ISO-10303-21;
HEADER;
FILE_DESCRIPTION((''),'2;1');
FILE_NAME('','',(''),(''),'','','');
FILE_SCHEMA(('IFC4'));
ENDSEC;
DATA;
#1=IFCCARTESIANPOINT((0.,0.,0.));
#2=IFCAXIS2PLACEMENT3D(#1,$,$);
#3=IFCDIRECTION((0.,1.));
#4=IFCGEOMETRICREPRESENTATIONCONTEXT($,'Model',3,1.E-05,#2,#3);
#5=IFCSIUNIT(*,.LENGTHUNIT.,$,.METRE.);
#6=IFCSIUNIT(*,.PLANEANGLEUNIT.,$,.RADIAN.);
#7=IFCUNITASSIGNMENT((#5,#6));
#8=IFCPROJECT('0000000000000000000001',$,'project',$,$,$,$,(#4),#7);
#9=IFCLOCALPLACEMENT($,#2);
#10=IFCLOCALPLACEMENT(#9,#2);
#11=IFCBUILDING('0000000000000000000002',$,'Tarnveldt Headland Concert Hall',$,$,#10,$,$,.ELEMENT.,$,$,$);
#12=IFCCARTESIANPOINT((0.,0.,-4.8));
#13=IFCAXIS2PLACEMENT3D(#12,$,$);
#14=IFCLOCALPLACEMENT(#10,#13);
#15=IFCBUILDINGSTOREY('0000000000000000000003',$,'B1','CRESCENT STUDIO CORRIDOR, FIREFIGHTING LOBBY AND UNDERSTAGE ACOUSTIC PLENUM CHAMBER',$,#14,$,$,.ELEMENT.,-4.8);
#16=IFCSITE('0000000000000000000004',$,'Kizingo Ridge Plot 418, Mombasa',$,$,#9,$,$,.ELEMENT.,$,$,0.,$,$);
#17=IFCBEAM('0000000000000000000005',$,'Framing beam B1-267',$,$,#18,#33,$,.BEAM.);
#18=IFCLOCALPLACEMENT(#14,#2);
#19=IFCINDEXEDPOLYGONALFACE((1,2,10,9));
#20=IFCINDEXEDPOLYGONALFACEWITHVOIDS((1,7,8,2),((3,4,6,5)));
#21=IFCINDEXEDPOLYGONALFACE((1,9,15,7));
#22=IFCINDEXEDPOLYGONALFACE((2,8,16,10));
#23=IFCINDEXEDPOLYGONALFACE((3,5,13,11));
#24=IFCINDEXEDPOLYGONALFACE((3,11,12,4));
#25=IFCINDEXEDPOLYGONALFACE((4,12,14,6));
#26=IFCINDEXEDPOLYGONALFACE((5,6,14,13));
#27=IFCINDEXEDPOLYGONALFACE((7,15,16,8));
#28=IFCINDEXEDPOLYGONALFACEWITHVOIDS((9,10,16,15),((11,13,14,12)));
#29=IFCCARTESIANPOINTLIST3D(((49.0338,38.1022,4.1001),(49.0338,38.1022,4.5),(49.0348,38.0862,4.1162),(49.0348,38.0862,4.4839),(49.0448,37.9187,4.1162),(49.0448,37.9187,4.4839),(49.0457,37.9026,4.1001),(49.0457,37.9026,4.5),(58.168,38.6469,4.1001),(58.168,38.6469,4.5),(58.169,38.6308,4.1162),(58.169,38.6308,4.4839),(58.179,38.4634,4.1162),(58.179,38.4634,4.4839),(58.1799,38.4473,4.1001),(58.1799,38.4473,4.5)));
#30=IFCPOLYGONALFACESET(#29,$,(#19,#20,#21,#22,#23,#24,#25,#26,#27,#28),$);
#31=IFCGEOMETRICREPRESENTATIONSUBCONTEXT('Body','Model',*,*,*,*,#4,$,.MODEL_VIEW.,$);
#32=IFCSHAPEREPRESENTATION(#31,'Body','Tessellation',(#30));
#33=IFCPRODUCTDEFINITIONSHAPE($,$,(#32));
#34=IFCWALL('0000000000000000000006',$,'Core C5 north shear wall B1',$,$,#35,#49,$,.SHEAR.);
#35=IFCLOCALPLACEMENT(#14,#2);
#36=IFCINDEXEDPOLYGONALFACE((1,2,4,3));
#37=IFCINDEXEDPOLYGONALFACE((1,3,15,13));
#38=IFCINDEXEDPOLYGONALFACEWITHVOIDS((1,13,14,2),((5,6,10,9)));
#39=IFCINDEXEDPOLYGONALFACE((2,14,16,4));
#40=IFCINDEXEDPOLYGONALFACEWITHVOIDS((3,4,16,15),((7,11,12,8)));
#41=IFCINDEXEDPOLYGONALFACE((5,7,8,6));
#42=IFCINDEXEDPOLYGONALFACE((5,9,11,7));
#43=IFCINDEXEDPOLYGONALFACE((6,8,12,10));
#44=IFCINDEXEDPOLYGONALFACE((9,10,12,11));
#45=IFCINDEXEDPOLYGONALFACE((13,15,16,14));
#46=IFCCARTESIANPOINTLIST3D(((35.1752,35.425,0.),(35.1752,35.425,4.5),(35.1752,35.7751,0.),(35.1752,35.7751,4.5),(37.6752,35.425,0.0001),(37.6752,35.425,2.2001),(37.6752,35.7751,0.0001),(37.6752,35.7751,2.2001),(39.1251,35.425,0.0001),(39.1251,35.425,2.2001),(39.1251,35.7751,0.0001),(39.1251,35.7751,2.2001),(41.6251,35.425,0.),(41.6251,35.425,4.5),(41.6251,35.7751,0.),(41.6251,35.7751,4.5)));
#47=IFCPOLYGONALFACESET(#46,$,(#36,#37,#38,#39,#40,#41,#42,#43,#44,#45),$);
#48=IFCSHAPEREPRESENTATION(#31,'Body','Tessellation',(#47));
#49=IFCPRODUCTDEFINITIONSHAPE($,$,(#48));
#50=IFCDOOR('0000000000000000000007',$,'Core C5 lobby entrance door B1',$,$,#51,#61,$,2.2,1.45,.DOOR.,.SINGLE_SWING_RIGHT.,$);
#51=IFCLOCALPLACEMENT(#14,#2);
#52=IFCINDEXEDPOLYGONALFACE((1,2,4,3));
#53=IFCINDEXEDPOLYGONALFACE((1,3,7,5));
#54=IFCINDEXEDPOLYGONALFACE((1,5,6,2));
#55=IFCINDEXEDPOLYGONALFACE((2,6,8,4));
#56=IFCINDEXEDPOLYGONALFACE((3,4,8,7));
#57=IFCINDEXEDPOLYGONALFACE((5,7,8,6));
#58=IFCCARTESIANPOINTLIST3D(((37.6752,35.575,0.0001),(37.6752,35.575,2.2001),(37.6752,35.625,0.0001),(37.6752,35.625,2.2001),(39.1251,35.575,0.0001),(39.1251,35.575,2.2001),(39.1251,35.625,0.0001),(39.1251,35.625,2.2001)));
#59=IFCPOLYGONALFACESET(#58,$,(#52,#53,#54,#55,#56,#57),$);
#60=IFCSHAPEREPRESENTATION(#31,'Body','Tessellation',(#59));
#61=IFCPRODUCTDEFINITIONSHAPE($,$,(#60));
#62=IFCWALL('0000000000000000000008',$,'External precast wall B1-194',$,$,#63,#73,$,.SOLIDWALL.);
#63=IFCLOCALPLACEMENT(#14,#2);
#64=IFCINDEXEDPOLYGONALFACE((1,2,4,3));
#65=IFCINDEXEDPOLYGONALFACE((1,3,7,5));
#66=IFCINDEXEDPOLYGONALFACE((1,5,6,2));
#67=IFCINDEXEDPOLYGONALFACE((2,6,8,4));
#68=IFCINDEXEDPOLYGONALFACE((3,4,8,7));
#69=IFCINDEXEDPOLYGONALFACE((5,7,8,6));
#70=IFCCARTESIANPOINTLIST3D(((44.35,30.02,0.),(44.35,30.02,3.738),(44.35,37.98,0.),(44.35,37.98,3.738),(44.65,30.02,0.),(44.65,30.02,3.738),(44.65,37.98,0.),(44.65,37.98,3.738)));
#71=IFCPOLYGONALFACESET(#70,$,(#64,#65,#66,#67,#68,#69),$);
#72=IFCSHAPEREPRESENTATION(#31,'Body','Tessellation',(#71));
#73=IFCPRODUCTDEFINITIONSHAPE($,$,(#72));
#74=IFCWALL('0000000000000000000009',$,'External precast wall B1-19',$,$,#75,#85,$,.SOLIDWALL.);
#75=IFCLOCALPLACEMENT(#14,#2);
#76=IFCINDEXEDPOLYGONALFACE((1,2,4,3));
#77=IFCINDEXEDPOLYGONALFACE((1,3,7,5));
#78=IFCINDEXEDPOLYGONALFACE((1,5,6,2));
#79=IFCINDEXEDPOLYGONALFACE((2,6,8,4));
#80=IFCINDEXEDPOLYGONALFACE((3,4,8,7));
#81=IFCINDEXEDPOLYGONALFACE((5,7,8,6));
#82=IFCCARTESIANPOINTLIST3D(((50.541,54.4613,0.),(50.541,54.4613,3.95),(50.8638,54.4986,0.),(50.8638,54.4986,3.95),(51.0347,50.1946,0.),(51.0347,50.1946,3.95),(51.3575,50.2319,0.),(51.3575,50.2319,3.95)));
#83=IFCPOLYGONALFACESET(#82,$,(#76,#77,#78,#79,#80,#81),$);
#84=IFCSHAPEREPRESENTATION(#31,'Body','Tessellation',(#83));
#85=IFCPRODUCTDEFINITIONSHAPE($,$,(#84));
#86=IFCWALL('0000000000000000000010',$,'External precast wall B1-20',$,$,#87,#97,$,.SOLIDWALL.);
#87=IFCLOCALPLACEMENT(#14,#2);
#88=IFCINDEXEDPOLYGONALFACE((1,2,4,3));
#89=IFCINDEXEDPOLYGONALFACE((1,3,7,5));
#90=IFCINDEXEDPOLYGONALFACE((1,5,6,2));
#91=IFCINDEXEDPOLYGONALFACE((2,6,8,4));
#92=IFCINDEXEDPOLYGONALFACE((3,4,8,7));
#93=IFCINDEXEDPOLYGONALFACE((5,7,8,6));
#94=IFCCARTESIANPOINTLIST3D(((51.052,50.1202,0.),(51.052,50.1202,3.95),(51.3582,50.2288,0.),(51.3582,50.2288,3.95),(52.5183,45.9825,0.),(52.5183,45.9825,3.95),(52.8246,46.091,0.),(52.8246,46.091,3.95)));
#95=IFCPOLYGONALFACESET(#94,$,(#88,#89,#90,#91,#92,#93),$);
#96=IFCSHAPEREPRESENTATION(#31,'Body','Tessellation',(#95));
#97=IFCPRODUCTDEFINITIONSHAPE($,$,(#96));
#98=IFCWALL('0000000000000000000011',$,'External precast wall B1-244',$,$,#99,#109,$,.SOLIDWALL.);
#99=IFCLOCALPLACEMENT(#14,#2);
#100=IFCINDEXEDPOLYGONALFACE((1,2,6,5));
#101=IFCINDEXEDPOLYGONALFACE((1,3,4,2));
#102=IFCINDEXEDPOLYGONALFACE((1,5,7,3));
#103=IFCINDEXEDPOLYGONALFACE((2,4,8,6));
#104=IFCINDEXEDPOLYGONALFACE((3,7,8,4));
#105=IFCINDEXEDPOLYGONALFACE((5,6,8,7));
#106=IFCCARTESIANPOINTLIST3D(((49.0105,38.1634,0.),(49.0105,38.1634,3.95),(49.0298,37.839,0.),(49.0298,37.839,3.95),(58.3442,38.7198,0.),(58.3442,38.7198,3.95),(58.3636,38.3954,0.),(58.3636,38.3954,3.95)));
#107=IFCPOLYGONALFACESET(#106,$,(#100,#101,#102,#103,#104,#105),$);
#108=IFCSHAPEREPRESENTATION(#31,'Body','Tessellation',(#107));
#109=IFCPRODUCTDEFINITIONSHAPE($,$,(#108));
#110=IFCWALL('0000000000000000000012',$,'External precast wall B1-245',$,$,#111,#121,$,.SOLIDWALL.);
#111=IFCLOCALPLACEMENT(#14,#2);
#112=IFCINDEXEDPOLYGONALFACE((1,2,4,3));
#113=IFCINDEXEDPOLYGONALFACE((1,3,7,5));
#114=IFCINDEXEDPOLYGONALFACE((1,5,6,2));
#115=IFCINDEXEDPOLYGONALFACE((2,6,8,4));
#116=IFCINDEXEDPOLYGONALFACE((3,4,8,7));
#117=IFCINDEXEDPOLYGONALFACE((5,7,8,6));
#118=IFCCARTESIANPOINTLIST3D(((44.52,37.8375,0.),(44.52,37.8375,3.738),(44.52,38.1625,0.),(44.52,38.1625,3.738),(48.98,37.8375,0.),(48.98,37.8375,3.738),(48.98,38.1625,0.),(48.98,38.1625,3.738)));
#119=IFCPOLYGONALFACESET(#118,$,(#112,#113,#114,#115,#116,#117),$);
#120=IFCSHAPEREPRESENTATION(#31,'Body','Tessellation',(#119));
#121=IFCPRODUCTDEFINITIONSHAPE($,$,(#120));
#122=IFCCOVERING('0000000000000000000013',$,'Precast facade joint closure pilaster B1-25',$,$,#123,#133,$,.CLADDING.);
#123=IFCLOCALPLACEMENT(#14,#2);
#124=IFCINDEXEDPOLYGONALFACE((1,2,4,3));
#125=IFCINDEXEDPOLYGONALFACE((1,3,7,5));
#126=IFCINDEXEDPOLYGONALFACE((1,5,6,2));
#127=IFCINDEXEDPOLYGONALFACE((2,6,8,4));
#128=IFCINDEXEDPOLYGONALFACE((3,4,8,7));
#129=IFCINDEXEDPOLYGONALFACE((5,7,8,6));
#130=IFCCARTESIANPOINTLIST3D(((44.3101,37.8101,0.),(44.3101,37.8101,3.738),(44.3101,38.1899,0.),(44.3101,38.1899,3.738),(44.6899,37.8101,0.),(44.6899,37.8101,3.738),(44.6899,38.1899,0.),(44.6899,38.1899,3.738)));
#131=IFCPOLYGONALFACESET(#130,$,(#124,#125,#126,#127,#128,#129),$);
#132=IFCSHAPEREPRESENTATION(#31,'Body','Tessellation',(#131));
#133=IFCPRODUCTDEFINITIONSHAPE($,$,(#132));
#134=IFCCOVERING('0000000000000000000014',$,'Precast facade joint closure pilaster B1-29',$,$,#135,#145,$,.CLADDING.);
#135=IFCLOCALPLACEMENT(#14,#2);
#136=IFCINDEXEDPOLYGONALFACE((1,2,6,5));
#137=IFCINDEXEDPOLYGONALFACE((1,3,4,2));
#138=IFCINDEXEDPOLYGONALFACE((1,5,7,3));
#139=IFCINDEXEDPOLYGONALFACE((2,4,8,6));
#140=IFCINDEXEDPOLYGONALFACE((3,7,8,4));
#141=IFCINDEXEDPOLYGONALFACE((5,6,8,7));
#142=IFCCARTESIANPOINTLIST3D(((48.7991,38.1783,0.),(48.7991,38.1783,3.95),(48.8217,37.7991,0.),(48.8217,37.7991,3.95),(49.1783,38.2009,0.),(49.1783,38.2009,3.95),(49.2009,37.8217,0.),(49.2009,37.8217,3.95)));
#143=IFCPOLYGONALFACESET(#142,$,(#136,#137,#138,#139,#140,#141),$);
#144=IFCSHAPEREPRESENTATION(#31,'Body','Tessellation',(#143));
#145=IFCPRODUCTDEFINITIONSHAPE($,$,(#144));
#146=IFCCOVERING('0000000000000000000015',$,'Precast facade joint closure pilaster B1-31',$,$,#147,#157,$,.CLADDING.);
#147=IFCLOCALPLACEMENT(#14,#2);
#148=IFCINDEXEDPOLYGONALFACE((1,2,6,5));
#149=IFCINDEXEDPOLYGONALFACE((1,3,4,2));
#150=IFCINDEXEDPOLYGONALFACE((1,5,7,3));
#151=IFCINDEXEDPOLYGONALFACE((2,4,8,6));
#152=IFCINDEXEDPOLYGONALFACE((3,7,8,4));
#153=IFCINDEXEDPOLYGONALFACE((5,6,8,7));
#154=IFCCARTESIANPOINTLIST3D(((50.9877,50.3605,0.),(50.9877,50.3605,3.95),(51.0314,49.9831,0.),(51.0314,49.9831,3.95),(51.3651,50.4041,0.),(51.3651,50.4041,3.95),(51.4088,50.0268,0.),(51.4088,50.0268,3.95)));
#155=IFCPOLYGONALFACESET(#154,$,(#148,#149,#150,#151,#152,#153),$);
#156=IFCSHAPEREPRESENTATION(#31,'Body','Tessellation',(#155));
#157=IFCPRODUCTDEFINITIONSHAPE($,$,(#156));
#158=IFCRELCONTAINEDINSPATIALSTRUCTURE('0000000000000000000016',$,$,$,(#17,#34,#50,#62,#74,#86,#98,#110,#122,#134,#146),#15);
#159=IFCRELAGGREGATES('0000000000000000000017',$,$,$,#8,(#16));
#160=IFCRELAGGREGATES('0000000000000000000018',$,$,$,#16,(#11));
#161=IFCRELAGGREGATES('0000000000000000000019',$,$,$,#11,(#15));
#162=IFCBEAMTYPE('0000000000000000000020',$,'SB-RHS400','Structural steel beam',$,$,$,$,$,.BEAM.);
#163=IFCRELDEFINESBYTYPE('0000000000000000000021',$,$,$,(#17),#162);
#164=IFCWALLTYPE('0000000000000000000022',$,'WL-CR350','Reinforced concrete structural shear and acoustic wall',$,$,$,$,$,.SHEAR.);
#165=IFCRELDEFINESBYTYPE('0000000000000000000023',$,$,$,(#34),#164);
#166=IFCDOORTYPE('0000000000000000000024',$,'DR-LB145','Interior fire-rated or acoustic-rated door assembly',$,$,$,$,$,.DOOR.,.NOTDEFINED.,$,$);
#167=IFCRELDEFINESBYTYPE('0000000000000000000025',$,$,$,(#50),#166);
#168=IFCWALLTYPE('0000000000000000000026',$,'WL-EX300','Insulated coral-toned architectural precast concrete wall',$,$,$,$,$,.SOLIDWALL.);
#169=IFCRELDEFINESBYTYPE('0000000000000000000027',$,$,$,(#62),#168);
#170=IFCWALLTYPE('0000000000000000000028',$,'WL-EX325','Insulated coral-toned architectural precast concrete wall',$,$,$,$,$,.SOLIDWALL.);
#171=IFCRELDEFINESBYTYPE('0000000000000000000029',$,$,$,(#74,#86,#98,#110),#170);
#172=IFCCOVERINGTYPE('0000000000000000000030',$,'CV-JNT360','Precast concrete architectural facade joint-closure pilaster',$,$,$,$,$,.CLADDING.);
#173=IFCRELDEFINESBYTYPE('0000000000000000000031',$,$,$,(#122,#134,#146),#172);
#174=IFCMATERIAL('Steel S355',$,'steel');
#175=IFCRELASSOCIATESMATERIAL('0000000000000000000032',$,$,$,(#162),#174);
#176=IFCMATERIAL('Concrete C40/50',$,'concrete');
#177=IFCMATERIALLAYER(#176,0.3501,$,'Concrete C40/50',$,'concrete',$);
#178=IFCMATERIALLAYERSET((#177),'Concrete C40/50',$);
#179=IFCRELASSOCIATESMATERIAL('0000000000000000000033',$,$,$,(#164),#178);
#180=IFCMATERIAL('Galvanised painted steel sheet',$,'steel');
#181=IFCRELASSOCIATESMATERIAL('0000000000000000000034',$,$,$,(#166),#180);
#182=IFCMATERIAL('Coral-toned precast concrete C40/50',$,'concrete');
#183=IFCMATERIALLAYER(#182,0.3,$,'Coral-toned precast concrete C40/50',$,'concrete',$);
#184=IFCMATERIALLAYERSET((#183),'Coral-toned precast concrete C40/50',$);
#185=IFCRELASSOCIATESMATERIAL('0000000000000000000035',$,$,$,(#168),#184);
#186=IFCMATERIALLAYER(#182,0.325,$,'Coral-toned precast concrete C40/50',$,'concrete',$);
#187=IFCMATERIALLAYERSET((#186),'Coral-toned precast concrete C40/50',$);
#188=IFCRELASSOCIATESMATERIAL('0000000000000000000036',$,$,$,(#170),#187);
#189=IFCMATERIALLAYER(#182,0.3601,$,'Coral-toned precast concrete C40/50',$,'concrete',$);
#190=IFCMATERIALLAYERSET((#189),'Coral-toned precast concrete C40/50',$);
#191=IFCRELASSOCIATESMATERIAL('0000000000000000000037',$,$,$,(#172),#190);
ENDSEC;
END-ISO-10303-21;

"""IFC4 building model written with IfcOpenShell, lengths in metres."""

from ifc_helpers import new_model, si_unit, direction, frame, frame_2d, origin, origin_2d, place, context, subcontext, project, spatial, rectangle, hollow_rectangle, extrude, material, layer, layer_set, material_profile, profile_set, type_object, element, fill, save


model = new_model("IFC4")

# Units and contexts
model_context = context("Model", 3, precision=1e-05, world=origin(), true_north=direction((0.0, 1.0)))
body_context = subcontext(model_context, "Body", "Model", "MODEL_VIEW")
ifc_project = project(units=[si_unit("LENGTHUNIT", "METRE"), si_unit("PLANEANGLEUNIT", "RADIAN")], contexts=[model_context])

# Site, building, storey
site_placement = place(None, origin())
site = spatial("IfcSite", under=ifc_project, at=site_placement, Name="Kizingo Ridge Plot 418, Mombasa", CompositionType="ELEMENT", RefElevation=0.0)
building_placement = place(site_placement, origin())
building = spatial("IfcBuilding", under=site, at=building_placement, Name="Tarnveldt Headland Concert Hall", CompositionType="ELEMENT")
storey_placement = place(building_placement, frame((0.0, 0.0, -4.8)))
storey = spatial("IfcBuildingStorey", under=building, at=storey_placement, Name="B1", Description="CRESCENT STUDIO CORRIDOR, FIREFIGHTING LOBBY AND UNDERSTAGE ACOUSTIC PLENUM CHAMBER", CompositionType="ELEMENT", Elevation=-4.8)

# Shared definitions
ifc_material_1 = material(Name="Concrete C40/50", Category="concrete")

# Beam
ifc_material_2 = material(Name="Steel S355", Category="steel")
ifc_material_profile_1 = material_profile(ifc_material_2, hollow_rectangle(XDim=0.2, YDim=0.3999, WallThickness=0.0161, at=origin_2d()), Name="RHS 400x200x16", Category="steel")
ifc_profile_set_1 = profile_set([ifc_material_profile_1], Name="Steel S355")
beam_type_1 = type_object("IfcBeamType", Name="SB-RHS400", Description="Structural steel beam", PredefinedType="BEAM", material=ifc_profile_set_1)
beam_1_placement = place(storey_placement, frame((49.0398, 38.0024, 4.3), z_axis=(0.998227, 0.059524, 0.0), x_axis=(-0.059524, 0.998227, 0.0)))
element("IfcBeam", 1, at=beam_1_placement, inside=storey, type_object=beam_type_1, Name="Framing beam B1-267", PredefinedType="BEAM", context=body_context, shape_type="SweptSolid", body=[
    extrude(hollow_rectangle(XDim=0.2, YDim=0.3999, WallThickness=0.0161, at=origin_2d()), origin(), (0.0, 0.0, 1.0), 9.1504),
])

# Wall, opening, door
ifc_layer_1 = layer(ifc_material_1, 0.3501, Name="Concrete C40/50", Category="concrete")
ifc_layer_set_1 = layer_set([ifc_layer_1], Name="Concrete C40/50")
wall_type_1 = type_object("IfcWallType", Name="WL-CR350", Description="Reinforced concrete structural shear and acoustic wall", PredefinedType="SHEAR", material=ifc_layer_set_1)
wall_1_placement = place(storey_placement, frame((35.175, 35.6001, 0.0), z_axis=(0.0, 0.0, 1.0), x_axis=(1.0, 0.0, 0.0)))
wall_1 = element("IfcWall", 2, at=wall_1_placement, inside=storey, type_object=wall_type_1, Name="Core C5 north shear wall B1", PredefinedType="SHEAR", context=body_context, shape_type="SweptSolid", body=[
    extrude(rectangle(XDim=6.45, YDim=0.3501, at=frame_2d((3.2251, 0.0))), origin(), (0.0, 0.0, 1.0), 4.5),
])
opening_1_placement = place(wall_1_placement, frame((2.5, 0.0, 0.0)))
opening_1 = element("IfcOpeningElement", 3, at=opening_1_placement, cuts=wall_1, PredefinedType="OPENING", context=body_context, shape_type="SweptSolid", body=[
    extrude(rectangle(XDim=1.45, YDim=2.2, at=frame_2d((0.7251, 1.1001))), frame((0.0, 0.1851, 0.0), z_axis=(0.0, -1.0, 0.0), x_axis=(1.0, 0.0, 0.0)), (0.0, 0.0, 1.0), 0.3701),
])
ifc_material_3 = material(Name="Galvanised painted steel sheet", Category="steel")
door_type_1 = type_object("IfcDoorType", Name="DR-LB145", Description="Interior fire-rated or acoustic-rated door assembly", OperationType="NOTDEFINED", PredefinedType="DOOR", material=ifc_material_3)
door_1_placement = place(opening_1_placement, origin())
door_1 = element("IfcDoor", 4, at=door_1_placement, inside=storey, type_object=door_type_1, Name="Core C5 lobby entrance door B1", OperationType="SINGLE_SWING_RIGHT", OverallHeight=2.2, OverallWidth=1.45, PredefinedType="DOOR", context=body_context, shape_type="SweptSolid", body=[
    extrude(rectangle(XDim=1.45, YDim=2.2, at=frame_2d((0.7251, 1.1001))), frame((0.0, 0.0249, 0.0), z_axis=(0.0, -1.0, 0.0), x_axis=(1.0, 0.0, 0.0)), (0.0, 0.0, 1.0), 0.05),
])
fill(opening_1, door_1)

# Walls
ifc_material_4 = material(Name="Coral-toned precast concrete C40/50", Category="concrete")
ifc_layer_2 = layer(ifc_material_4, 0.3, Name="Coral-toned precast concrete C40/50", Category="concrete")
ifc_layer_set_2 = layer_set([ifc_layer_2], Name="Coral-toned precast concrete C40/50")
wall_type_2 = type_object("IfcWallType", Name="WL-EX300", Description="Insulated coral-toned architectural precast concrete wall", PredefinedType="SOLIDWALL", material=ifc_layer_set_2)
wall_2_placement = place(storey_placement, frame((44.5, 37.98, 0.0), z_axis=(0.0, 0.0, 1.0), x_axis=(0.0, -1.0, 0.0)))
element("IfcWall", 5, at=wall_2_placement, inside=storey, type_object=wall_type_2, Name="External precast wall B1-194", PredefinedType="SOLIDWALL", context=body_context, shape_type="SweptSolid", body=[
    extrude(rectangle(XDim=7.96, YDim=0.3, at=frame_2d((3.98, 0.0))), origin(), (0.0, 0.0, 1.0), 3.738),
])
ifc_layer_3 = layer(ifc_material_4, 0.325, Name="Coral-toned precast concrete C40/50", Category="concrete")
ifc_layer_set_3 = layer_set([ifc_layer_3], Name="Coral-toned precast concrete C40/50")
wall_type_3 = type_object("IfcWallType", Name="WL-EX325", Description="Insulated coral-toned architectural precast concrete wall", PredefinedType="SOLIDWALL", material=ifc_layer_set_3)
wall_3_placement = place(storey_placement, frame((51.196, 50.2134, 0.0), z_axis=(0.0, 0.0, 1.0), x_axis=(-0.114935, 0.993373, 0.0)))
element("IfcWall", 6, at=wall_3_placement, inside=storey, type_object=wall_type_3, Name="External precast wall B1-19", PredefinedType="SOLIDWALL", context=body_context, shape_type="SweptSolid", body=[
    extrude(rectangle(XDim=4.2952, YDim=0.325, at=frame_2d((2.1475, 0.0))), origin(), (0.0, 0.0, 1.0), 3.95),
])
wall_4_placement = place(storey_placement, frame((52.6714, 46.0369, 0.0), z_axis=(0.0, 0.0, 1.0), x_axis=(-0.334024, 0.942564, 0.0)))
element("IfcWall", 7, at=wall_4_placement, inside=storey, type_object=wall_type_3, Name="External precast wall B1-20", PredefinedType="SOLIDWALL", context=body_context, shape_type="SweptSolid", body=[
    extrude(rectangle(XDim=4.3899, YDim=0.325, at=frame_2d((2.1948, 0.0))), origin(), (0.0, 0.0, 1.0), 3.95),
])
wall_5_placement = place(storey_placement, frame((49.02, 38.0012, 0.0), z_axis=(0.0, 0.0, 1.0), x_axis=(0.998228, 0.059506, 0.0)))
element("IfcWall", 8, at=wall_5_placement, inside=storey, type_object=wall_type_3, Name="External precast wall B1-244", PredefinedType="SOLIDWALL", context=body_context, shape_type="SweptSolid", body=[
    extrude(rectangle(XDim=9.3503, YDim=0.325, at=frame_2d((4.6753, 0.0))), origin(), (0.0, 0.0, 1.0), 3.95),
])
wall_6_placement = place(storey_placement, frame((44.52, 38.0, 0.0), z_axis=(0.0, 0.0, 1.0), x_axis=(1.0, 0.0, 0.0)))
element("IfcWall", 9, at=wall_6_placement, inside=storey, type_object=wall_type_3, Name="External precast wall B1-245", PredefinedType="SOLIDWALL", context=body_context, shape_type="SweptSolid", body=[
    extrude(rectangle(XDim=4.46, YDim=0.325, at=frame_2d((2.23, 0.0))), origin(), (0.0, 0.0, 1.0), 3.738),
])

# Coverings
ifc_layer_4 = layer(ifc_material_4, 0.3601, Name="Coral-toned precast concrete C40/50", Category="concrete")
ifc_layer_set_4 = layer_set([ifc_layer_4], Name="Coral-toned precast concrete C40/50")
covering_type = type_object("IfcCoveringType", Name="CV-JNT360", Description="Precast concrete architectural facade joint-closure pilaster", PredefinedType="CLADDING", material=ifc_layer_set_4)
covering_placement = place(storey_placement, frame((44.5, 38.0, 0.0), z_axis=(0.0, 0.0, 1.0), x_axis=(0.0, -1.0, 0.0)))
element("IfcCovering", 10, at=covering_placement, inside=storey, type_object=covering_type, Name="Precast facade joint closure pilaster B1-25", PredefinedType="CLADDING", context=body_context, shape_type="SweptSolid", body=[
    extrude(rectangle(XDim=0.3799, YDim=0.3799, at=origin_2d()), origin(), (0.0, 0.0, 1.0), 3.738),
])
for number, where, z_axis, x_axis, name in (
    (11, (49.0, 38.0, 0.0), (0.0, 0.0, 1.0), (0.998229, 0.059481, 0.0), "Precast facade joint closure pilaster B1-29"),
    (12, (51.1982, 50.1936, 0.0), (0.0, 0.0, 1.0), (-0.114937, 0.993373, 0.0), "Precast facade joint closure pilaster B1-31"),
):
    element("IfcCovering", number, at=place(storey_placement, frame(where, z_axis=z_axis, x_axis=x_axis)), inside=storey, type_object=covering_type, Name=name, PredefinedType="CLADDING", context=body_context, shape_type="SweptSolid", body=[
        extrude(rectangle(XDim=0.3799, YDim=0.3799, at=origin_2d()), origin(), (0.0, 0.0, 1.0), 3.95),
    ])

save(model, "model.ifc")
